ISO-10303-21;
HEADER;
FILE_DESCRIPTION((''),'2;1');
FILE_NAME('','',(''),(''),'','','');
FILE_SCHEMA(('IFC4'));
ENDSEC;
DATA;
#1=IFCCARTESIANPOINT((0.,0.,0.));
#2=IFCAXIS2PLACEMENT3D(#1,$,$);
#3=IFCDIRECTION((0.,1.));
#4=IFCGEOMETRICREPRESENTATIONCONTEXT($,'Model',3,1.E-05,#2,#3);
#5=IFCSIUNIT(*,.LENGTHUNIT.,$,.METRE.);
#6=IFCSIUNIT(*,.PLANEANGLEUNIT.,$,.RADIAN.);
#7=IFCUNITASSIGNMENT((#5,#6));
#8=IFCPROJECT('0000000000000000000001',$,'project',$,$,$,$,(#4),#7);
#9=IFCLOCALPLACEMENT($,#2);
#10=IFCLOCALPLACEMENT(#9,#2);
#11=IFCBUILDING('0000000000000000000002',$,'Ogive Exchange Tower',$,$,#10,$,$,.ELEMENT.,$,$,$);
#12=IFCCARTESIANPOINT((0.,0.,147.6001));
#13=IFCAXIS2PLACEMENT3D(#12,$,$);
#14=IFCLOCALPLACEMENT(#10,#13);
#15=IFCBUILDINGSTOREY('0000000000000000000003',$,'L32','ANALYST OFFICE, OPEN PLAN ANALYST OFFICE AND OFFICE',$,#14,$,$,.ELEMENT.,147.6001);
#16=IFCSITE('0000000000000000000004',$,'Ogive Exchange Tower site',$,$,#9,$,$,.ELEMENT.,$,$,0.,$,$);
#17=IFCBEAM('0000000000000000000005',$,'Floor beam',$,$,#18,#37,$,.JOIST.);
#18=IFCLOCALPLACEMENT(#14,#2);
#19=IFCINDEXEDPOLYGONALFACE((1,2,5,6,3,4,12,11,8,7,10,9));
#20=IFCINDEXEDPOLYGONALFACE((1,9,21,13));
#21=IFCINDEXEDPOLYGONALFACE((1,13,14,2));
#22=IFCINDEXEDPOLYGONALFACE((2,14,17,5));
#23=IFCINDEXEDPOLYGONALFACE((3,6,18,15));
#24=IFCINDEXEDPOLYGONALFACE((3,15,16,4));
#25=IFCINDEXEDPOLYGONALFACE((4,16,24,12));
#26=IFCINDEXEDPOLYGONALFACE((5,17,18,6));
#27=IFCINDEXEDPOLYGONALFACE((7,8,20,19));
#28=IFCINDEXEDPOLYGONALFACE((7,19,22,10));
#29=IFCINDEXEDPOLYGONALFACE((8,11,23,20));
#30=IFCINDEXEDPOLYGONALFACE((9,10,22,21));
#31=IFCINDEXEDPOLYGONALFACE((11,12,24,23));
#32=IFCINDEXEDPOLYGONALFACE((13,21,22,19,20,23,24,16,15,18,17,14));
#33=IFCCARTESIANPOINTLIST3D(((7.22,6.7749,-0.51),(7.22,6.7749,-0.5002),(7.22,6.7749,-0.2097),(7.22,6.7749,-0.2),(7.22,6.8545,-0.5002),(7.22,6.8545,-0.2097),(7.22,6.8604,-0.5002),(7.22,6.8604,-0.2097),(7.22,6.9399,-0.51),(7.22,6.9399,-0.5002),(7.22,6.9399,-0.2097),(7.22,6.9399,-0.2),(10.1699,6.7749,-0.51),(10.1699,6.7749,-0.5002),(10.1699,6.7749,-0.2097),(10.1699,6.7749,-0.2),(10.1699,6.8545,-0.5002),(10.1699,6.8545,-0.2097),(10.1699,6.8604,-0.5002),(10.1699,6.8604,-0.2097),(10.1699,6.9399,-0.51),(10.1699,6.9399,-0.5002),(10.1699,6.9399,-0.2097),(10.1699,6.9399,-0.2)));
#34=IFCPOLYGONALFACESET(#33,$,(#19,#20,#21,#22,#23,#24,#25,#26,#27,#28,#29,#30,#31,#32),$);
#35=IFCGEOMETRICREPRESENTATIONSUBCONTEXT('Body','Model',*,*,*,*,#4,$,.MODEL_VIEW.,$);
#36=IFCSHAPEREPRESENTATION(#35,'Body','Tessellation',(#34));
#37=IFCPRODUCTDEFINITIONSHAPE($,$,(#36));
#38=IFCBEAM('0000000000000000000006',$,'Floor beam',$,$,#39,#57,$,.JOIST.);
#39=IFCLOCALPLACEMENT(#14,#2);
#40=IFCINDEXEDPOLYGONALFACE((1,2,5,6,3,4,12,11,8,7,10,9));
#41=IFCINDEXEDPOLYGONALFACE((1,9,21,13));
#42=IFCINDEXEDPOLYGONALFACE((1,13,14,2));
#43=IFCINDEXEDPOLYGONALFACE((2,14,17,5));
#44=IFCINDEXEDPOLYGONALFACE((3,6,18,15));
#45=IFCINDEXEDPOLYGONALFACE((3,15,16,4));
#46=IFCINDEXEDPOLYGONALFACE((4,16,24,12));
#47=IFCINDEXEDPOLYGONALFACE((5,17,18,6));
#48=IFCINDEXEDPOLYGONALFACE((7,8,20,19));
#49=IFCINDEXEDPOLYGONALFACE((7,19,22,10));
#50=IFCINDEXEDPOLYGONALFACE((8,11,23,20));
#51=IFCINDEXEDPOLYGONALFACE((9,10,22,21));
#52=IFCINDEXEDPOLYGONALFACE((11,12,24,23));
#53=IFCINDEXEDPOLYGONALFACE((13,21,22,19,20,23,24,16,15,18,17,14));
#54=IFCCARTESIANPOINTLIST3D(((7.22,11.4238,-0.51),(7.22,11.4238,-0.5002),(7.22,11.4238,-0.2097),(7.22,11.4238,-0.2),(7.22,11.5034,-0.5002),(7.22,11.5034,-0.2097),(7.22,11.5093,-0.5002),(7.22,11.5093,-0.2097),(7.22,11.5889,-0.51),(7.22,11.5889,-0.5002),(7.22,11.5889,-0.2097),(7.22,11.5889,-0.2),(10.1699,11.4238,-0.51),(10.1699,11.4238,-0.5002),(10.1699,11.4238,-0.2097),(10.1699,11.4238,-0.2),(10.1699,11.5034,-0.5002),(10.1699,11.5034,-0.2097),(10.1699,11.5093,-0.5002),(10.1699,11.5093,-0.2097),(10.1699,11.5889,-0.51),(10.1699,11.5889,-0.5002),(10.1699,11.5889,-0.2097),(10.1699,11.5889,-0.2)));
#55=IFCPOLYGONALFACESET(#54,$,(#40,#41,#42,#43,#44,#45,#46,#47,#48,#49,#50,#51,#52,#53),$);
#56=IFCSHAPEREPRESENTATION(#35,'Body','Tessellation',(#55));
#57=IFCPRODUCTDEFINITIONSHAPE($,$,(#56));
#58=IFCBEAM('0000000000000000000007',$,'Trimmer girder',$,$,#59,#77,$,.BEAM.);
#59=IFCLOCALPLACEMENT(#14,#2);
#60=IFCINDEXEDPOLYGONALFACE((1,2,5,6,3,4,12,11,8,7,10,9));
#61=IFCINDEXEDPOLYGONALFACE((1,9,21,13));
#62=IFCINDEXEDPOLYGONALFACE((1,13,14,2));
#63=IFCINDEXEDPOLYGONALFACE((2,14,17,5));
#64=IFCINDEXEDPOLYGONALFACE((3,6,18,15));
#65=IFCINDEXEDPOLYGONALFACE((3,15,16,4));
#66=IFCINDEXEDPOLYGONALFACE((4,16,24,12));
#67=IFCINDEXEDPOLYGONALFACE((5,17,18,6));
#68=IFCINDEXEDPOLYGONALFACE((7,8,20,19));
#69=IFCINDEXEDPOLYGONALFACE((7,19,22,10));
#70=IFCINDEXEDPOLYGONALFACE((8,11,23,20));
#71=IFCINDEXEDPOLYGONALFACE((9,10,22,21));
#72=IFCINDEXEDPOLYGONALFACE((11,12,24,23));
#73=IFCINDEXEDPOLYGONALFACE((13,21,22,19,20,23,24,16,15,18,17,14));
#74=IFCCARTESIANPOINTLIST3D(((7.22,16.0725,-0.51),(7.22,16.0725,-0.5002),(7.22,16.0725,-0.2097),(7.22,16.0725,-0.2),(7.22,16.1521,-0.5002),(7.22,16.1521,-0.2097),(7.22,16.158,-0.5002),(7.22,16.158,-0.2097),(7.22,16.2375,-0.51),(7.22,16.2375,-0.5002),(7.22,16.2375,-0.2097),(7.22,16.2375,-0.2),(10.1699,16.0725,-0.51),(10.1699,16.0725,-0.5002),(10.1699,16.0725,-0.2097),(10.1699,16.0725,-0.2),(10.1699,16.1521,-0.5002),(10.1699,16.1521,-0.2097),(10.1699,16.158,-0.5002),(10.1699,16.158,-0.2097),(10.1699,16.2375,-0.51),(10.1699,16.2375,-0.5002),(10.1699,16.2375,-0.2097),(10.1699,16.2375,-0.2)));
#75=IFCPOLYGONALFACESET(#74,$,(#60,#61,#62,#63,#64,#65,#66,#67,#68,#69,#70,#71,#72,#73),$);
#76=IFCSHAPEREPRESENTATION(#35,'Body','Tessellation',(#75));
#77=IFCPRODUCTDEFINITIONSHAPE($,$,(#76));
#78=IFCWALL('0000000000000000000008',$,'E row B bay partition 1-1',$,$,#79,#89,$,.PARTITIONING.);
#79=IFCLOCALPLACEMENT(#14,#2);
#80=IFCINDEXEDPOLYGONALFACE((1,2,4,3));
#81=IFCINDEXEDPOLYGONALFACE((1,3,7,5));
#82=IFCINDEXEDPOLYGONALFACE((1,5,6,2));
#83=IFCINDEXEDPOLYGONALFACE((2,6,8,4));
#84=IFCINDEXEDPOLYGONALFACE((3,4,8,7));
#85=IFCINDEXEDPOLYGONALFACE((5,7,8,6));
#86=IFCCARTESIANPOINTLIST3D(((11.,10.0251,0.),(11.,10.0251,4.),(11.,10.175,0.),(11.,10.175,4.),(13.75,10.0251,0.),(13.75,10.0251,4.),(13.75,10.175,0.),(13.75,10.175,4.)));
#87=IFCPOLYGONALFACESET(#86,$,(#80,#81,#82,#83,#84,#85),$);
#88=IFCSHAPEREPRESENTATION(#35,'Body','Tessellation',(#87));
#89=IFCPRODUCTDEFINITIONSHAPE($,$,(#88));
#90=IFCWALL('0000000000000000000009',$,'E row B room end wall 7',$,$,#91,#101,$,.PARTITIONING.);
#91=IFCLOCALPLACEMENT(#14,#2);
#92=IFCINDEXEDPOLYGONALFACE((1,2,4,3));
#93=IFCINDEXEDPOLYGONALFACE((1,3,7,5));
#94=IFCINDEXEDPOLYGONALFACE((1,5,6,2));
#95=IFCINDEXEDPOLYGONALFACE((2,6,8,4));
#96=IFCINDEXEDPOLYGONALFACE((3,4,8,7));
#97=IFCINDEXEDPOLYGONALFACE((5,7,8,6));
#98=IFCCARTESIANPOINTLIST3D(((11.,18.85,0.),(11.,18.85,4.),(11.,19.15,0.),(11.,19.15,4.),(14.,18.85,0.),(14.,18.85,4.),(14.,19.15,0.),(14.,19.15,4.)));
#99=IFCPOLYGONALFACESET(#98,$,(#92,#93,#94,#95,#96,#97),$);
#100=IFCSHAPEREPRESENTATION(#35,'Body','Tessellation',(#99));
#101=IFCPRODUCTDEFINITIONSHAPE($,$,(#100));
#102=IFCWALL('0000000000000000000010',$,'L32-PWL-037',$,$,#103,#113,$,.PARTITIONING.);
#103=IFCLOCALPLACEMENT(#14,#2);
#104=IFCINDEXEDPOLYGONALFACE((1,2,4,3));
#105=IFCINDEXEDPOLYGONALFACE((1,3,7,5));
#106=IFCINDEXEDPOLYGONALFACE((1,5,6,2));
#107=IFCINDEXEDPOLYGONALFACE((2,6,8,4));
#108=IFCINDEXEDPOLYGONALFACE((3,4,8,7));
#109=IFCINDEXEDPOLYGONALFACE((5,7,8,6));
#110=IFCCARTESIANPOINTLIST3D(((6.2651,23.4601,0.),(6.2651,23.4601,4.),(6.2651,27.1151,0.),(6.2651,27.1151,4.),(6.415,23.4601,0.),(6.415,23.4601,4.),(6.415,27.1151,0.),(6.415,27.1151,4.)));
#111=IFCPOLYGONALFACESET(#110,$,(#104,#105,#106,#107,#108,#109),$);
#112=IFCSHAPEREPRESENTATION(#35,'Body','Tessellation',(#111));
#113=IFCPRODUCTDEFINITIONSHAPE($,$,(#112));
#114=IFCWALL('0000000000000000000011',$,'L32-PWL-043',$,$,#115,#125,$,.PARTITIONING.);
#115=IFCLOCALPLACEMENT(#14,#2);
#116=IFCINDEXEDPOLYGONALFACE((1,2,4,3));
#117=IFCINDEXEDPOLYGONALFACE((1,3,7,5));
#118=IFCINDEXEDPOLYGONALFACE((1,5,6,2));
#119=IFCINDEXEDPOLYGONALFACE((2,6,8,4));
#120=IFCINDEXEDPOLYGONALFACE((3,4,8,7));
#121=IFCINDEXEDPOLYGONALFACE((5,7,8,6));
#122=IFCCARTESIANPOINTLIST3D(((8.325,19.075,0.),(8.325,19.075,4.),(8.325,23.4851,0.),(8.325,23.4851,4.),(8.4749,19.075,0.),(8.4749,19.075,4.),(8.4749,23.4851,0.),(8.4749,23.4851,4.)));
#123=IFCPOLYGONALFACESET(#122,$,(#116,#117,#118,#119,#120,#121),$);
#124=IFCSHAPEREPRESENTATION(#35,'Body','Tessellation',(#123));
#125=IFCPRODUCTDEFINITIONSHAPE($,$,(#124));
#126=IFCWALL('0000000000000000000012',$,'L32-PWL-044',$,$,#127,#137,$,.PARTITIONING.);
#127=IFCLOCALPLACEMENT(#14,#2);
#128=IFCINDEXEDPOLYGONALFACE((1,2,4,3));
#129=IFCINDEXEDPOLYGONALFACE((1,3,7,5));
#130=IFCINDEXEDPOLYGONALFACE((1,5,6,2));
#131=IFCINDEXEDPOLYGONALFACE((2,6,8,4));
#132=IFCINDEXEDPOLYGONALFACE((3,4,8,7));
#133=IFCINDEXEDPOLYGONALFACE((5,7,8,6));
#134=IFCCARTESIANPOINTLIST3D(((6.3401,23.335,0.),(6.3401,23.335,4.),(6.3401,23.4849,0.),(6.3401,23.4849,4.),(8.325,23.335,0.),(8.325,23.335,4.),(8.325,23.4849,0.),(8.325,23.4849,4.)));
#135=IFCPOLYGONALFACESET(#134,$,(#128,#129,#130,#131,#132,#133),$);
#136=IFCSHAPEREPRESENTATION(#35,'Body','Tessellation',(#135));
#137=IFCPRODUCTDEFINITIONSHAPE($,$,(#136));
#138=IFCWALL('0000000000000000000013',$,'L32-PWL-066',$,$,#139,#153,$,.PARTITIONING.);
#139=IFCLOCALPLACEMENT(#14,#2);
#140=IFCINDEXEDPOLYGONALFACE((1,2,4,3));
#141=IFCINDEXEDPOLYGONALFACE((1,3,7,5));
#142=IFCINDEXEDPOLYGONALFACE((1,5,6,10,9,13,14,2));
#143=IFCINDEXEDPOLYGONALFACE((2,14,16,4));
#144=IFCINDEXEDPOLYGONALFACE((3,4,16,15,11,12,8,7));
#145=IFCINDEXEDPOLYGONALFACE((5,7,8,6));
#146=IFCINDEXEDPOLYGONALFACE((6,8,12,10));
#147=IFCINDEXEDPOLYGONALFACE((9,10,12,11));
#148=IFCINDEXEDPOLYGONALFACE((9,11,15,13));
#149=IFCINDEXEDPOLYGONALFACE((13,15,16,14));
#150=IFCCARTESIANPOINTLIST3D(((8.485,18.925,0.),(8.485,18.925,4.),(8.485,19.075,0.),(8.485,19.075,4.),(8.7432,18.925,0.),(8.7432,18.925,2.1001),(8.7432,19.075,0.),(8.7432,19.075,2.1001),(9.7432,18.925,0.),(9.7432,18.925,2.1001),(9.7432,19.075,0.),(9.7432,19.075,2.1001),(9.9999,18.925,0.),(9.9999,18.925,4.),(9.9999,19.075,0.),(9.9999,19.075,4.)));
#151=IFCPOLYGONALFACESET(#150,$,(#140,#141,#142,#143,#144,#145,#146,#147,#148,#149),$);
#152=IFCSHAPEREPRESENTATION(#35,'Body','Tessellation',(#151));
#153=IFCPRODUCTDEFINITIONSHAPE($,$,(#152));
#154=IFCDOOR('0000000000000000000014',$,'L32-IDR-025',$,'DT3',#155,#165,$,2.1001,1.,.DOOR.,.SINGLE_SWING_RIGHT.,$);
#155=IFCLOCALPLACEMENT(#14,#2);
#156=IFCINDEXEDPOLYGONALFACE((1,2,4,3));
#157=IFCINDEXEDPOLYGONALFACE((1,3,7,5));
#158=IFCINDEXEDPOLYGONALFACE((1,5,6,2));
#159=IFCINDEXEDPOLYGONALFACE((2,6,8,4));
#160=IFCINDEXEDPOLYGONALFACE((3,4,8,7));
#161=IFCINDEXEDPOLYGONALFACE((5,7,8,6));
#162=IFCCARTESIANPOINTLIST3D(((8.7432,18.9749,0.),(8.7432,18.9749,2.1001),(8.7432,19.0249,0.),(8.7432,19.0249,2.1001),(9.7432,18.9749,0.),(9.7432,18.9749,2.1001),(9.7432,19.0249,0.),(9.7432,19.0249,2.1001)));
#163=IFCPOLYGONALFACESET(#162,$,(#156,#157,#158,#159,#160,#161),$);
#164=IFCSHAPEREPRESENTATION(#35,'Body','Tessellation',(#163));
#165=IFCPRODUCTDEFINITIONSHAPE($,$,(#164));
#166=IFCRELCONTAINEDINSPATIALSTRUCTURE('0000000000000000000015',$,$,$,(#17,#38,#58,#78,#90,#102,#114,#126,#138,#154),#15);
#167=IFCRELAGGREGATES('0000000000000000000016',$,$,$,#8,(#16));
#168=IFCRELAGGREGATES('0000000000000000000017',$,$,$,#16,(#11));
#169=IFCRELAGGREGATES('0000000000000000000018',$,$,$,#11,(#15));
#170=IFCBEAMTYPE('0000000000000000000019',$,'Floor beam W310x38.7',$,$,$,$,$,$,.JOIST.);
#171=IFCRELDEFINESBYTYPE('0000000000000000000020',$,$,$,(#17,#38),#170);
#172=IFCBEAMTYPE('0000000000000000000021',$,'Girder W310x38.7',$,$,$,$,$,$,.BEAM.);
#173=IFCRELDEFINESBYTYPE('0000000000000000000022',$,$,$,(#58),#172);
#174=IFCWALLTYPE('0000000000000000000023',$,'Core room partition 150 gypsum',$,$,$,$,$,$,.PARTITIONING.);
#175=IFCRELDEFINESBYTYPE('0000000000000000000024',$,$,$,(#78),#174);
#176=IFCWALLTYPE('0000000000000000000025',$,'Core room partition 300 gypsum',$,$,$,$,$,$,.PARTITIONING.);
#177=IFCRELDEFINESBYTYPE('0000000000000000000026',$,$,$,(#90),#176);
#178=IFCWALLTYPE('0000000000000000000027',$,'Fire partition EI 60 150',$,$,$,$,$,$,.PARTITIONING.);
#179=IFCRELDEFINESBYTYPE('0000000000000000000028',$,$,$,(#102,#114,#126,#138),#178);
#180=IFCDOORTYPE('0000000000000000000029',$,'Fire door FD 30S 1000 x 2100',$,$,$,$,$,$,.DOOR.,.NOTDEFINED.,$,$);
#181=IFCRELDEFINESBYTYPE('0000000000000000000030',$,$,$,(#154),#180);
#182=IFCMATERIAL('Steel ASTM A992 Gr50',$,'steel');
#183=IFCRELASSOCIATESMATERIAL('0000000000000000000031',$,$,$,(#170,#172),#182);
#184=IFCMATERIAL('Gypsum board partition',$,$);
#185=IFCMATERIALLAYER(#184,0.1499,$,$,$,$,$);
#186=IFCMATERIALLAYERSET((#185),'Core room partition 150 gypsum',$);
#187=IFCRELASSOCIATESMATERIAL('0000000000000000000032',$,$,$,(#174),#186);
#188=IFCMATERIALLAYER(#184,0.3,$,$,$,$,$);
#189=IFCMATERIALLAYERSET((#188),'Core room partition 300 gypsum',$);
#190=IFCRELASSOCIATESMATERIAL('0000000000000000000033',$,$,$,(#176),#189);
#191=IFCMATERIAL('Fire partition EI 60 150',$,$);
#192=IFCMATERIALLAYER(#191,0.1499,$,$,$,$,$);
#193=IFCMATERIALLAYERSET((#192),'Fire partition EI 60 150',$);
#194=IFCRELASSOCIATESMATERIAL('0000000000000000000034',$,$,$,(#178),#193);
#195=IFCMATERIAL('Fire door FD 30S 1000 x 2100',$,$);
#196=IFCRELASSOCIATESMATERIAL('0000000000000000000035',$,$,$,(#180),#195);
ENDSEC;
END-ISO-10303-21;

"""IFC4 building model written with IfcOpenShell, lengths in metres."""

from ifc_helpers import new_model, si_unit, direction, frame, frame_2d, origin, origin_2d, place, context, subcontext, project, spatial, rectangle, i_section, extrude, material, layer, layer_set, material_profile, profile_set, type_object, element, fill, save


model = new_model("IFC4")

# Units and contexts
model_context = context("Model", 3, precision=1e-05, world=origin(), true_north=direction((0.0, 1.0)))
body_context = subcontext(model_context, "Body", "Model", "MODEL_VIEW")
ifc_project = project(units=[si_unit("LENGTHUNIT", "METRE"), si_unit("PLANEANGLEUNIT", "RADIAN")], contexts=[model_context])

# Site, building, storey
site_placement = place(None, origin())
site = spatial("IfcSite", under=ifc_project, at=site_placement, Name="Ogive Exchange Tower site", CompositionType="ELEMENT", RefElevation=0.0)
building_placement = place(site_placement, origin())
building = spatial("IfcBuilding", under=site, at=building_placement, Name="Ogive Exchange Tower", CompositionType="ELEMENT")
storey_placement = place(building_placement, frame((0.0, 0.0, 147.6001)))
storey = spatial("IfcBuildingStorey", under=building, at=storey_placement, Name="L32", Description="ANALYST OFFICE, OPEN PLAN ANALYST OFFICE AND OFFICE", CompositionType="ELEMENT", Elevation=147.6001)

# Beams
ifc_material_1 = material(Name="Steel ASTM A992 Gr50", Category="steel")
ifc_material_profile_1 = material_profile(ifc_material_1, i_section(OverallWidth=0.165, OverallDepth=0.3101, WebThickness=0.0059, FlangeThickness=0.0098, at=origin_2d()), Name="W310x38.7")
ifc_profile_set_1 = profile_set([ifc_material_profile_1], Name="Steel ASTM A992 Gr50")
beam_type_1 = type_object("IfcBeamType", Name="Floor beam W310x38.7", PredefinedType="JOIST", material=ifc_profile_set_1)
for number, where, z_axis, x_axis, name in (
    (1, (7.22, 6.8574, -0.355), (1.0, 0.0, 0.0), (0.0, 1.0, 0.0), "Floor beam"),
    (2, (7.22, 11.5063, -0.355), (1.0, 0.0, 0.0), (0.0, 1.0, 0.0), "Floor beam"),
):
    element("IfcBeam", number, at=place(storey_placement, frame(where, z_axis=z_axis, x_axis=x_axis)), inside=storey, type_object=beam_type_1, Name=name, PredefinedType="JOIST", context=body_context, shape_type="SweptSolid", body=[
        extrude(i_section(OverallWidth=0.165, OverallDepth=0.3101, WebThickness=0.0059, FlangeThickness=0.0098, at=origin_2d()), origin(), (0.0, 0.0, 1.0), 2.95),
    ])
ifc_material_profile_2 = material_profile(ifc_material_1, i_section(OverallWidth=0.165, OverallDepth=0.3101, WebThickness=0.0059, FlangeThickness=0.0098, at=origin_2d()), Name="W310x38.7")
ifc_profile_set_2 = profile_set([ifc_material_profile_2], Name="Steel ASTM A992 Gr50")
beam_type_2 = type_object("IfcBeamType", Name="Girder W310x38.7", PredefinedType="BEAM", material=ifc_profile_set_2)
beam_placement = place(storey_placement, frame((7.22, 16.155, -0.355), z_axis=(1.0, 0.0, 0.0), x_axis=(0.0, 1.0, 0.0)))
element("IfcBeam", 3, at=beam_placement, inside=storey, type_object=beam_type_2, Name="Trimmer girder", PredefinedType="BEAM", context=body_context, shape_type="SweptSolid", body=[
    extrude(i_section(OverallWidth=0.165, OverallDepth=0.3101, WebThickness=0.0059, FlangeThickness=0.0098, at=origin_2d()), origin(), (0.0, 0.0, 1.0), 2.95),
])

# Walls
ifc_material_2 = material(Name="Gypsum board partition")
ifc_layer_1 = layer(ifc_material_2, 0.1499)
ifc_layer_set_1 = layer_set([ifc_layer_1], Name="Core room partition 150 gypsum")
wall_type_1 = type_object("IfcWallType", Name="Core room partition 150 gypsum", PredefinedType="PARTITIONING", material=ifc_layer_set_1)
wall_1_placement = place(storey_placement, frame((11.0, 10.1001, 0.0), z_axis=(0.0, 0.0, 1.0), x_axis=(1.0, 0.0, 0.0)))
element("IfcWall", 4, at=wall_1_placement, inside=storey, type_object=wall_type_1, Name="E row B bay partition 1-1", PredefinedType="PARTITIONING", context=body_context, shape_type="SweptSolid", body=[
    extrude(rectangle(XDim=2.75, YDim=0.1499, at=frame_2d((1.375, 0.0))), origin(), (0.0, 0.0, 1.0), 4.0),
])
ifc_layer_2 = layer(ifc_material_2, 0.3)
ifc_layer_set_2 = layer_set([ifc_layer_2], Name="Core room partition 300 gypsum")
wall_type_2 = type_object("IfcWallType", Name="Core room partition 300 gypsum", PredefinedType="PARTITIONING", material=ifc_layer_set_2)
wall_2_placement = place(storey_placement, frame((11.0, 19.0, 0.0), z_axis=(0.0, 0.0, 1.0), x_axis=(1.0, 0.0, 0.0)))
element("IfcWall", 5, at=wall_2_placement, inside=storey, type_object=wall_type_2, Name="E row B room end wall 7", PredefinedType="PARTITIONING", context=body_context, shape_type="SweptSolid", body=[
    extrude(rectangle(XDim=3.0, YDim=0.3, at=frame_2d((1.5, 0.0))), origin(), (0.0, 0.0, 1.0), 4.0),
])
ifc_material_3 = material(Name="Fire partition EI 60 150")
ifc_layer_3 = layer(ifc_material_3, 0.1499)
ifc_layer_set_3 = layer_set([ifc_layer_3], Name="Fire partition EI 60 150")
wall_type_3 = type_object("IfcWallType", Name="Fire partition EI 60 150", PredefinedType="PARTITIONING", material=ifc_layer_set_3)
wall_3_placement = place(storey_placement, frame((6.3401, 23.46, 0.0), z_axis=(0.0, 0.0, 1.0), x_axis=(0.0, 1.0, 0.0)))
element("IfcWall", 6, at=wall_3_placement, inside=storey, type_object=wall_type_3, Name="L32-PWL-037", PredefinedType="PARTITIONING", context=body_context, shape_type="SweptSolid", body=[
    extrude(rectangle(XDim=3.655, YDim=0.1499, at=frame_2d((1.8276, 0.0))), origin(), (0.0, 0.0, 1.0), 4.0),
])
wall_4_placement = place(storey_placement, frame((8.3999, 19.075, 0.0), z_axis=(0.0, 0.0, 1.0), x_axis=(0.0, 1.0, 0.0)))
element("IfcWall", 7, at=wall_4_placement, inside=storey, type_object=wall_type_3, Name="L32-PWL-043", PredefinedType="PARTITIONING", context=body_context, shape_type="SweptSolid", body=[
    extrude(rectangle(XDim=4.4102, YDim=0.1499, at=frame_2d((2.2051, 0.0))), origin(), (0.0, 0.0, 1.0), 4.0),
])
wall_5_placement = place(storey_placement, frame((8.325, 23.4099, 0.0), z_axis=(0.0, 0.0, 1.0), x_axis=(-1.0, 0.0, 0.0)))
element("IfcWall", 8, at=wall_5_placement, inside=storey, type_object=wall_type_3, Name="L32-PWL-044", PredefinedType="PARTITIONING", context=body_context, shape_type="SweptSolid", body=[
    extrude(rectangle(XDim=1.9849, YDim=0.1499, at=frame_2d((0.9924, 0.0))), origin(), (0.0, 0.0, 1.0), 4.0),
])

# Wall, opening, door
wall_6_placement = place(storey_placement, frame((8.4851, 19.0, 0.0), z_axis=(0.0, 0.0, 1.0), x_axis=(1.0, 0.0, 0.0)))
wall_6 = element("IfcWall", 9, at=wall_6_placement, inside=storey, type_object=wall_type_3, Name="L32-PWL-066", PredefinedType="PARTITIONING", context=body_context, shape_type="SweptSolid", body=[
    extrude(rectangle(XDim=1.5149, YDim=0.1499, at=frame_2d((0.7573, 0.0))), origin(), (0.0, 0.0, 1.0), 4.0),
])
opening_1_placement = place(wall_6_placement, frame((0.2581, 0.0, 0.0)))
opening_1 = element("IfcOpeningElement", 10, at=opening_1_placement, cuts=wall_6, PredefinedType="OPENING", context=body_context, shape_type="SweptSolid", body=[
    extrude(rectangle(XDim=1.0, YDim=2.1001, at=frame_2d((0.5, 1.05))), frame((0.0, 0.085, 0.0), z_axis=(0.0, -1.0, 0.0), x_axis=(1.0, 0.0, 0.0)), (0.0, 0.0, 1.0), 0.1699),
])
ifc_material_4 = material(Name="Fire door FD 30S 1000 x 2100")
door_type_1 = type_object("IfcDoorType", Name="Fire door FD 30S 1000 x 2100", OperationType="NOTDEFINED", PredefinedType="DOOR", material=ifc_material_4)
door_1_placement = place(opening_1_placement, origin())
door_1 = element("IfcDoor", 11, at=door_1_placement, inside=storey, type_object=door_type_1, Name="L32-IDR-025", ObjectType="DT3", OperationType="SINGLE_SWING_RIGHT", OverallHeight=2.1001, OverallWidth=1.0, PredefinedType="DOOR", context=body_context, shape_type="SweptSolid", body=[
    extrude(rectangle(XDim=1.0, YDim=2.1001, at=frame_2d((0.5, 1.05))), frame((0.0, 0.0249, 0.0), z_axis=(0.0, -1.0, 0.0), x_axis=(1.0, 0.0, 0.0)), (0.0, 0.0, 1.0), 0.05),
])
fill(opening_1, door_1)

save(model, "model.ifc")
